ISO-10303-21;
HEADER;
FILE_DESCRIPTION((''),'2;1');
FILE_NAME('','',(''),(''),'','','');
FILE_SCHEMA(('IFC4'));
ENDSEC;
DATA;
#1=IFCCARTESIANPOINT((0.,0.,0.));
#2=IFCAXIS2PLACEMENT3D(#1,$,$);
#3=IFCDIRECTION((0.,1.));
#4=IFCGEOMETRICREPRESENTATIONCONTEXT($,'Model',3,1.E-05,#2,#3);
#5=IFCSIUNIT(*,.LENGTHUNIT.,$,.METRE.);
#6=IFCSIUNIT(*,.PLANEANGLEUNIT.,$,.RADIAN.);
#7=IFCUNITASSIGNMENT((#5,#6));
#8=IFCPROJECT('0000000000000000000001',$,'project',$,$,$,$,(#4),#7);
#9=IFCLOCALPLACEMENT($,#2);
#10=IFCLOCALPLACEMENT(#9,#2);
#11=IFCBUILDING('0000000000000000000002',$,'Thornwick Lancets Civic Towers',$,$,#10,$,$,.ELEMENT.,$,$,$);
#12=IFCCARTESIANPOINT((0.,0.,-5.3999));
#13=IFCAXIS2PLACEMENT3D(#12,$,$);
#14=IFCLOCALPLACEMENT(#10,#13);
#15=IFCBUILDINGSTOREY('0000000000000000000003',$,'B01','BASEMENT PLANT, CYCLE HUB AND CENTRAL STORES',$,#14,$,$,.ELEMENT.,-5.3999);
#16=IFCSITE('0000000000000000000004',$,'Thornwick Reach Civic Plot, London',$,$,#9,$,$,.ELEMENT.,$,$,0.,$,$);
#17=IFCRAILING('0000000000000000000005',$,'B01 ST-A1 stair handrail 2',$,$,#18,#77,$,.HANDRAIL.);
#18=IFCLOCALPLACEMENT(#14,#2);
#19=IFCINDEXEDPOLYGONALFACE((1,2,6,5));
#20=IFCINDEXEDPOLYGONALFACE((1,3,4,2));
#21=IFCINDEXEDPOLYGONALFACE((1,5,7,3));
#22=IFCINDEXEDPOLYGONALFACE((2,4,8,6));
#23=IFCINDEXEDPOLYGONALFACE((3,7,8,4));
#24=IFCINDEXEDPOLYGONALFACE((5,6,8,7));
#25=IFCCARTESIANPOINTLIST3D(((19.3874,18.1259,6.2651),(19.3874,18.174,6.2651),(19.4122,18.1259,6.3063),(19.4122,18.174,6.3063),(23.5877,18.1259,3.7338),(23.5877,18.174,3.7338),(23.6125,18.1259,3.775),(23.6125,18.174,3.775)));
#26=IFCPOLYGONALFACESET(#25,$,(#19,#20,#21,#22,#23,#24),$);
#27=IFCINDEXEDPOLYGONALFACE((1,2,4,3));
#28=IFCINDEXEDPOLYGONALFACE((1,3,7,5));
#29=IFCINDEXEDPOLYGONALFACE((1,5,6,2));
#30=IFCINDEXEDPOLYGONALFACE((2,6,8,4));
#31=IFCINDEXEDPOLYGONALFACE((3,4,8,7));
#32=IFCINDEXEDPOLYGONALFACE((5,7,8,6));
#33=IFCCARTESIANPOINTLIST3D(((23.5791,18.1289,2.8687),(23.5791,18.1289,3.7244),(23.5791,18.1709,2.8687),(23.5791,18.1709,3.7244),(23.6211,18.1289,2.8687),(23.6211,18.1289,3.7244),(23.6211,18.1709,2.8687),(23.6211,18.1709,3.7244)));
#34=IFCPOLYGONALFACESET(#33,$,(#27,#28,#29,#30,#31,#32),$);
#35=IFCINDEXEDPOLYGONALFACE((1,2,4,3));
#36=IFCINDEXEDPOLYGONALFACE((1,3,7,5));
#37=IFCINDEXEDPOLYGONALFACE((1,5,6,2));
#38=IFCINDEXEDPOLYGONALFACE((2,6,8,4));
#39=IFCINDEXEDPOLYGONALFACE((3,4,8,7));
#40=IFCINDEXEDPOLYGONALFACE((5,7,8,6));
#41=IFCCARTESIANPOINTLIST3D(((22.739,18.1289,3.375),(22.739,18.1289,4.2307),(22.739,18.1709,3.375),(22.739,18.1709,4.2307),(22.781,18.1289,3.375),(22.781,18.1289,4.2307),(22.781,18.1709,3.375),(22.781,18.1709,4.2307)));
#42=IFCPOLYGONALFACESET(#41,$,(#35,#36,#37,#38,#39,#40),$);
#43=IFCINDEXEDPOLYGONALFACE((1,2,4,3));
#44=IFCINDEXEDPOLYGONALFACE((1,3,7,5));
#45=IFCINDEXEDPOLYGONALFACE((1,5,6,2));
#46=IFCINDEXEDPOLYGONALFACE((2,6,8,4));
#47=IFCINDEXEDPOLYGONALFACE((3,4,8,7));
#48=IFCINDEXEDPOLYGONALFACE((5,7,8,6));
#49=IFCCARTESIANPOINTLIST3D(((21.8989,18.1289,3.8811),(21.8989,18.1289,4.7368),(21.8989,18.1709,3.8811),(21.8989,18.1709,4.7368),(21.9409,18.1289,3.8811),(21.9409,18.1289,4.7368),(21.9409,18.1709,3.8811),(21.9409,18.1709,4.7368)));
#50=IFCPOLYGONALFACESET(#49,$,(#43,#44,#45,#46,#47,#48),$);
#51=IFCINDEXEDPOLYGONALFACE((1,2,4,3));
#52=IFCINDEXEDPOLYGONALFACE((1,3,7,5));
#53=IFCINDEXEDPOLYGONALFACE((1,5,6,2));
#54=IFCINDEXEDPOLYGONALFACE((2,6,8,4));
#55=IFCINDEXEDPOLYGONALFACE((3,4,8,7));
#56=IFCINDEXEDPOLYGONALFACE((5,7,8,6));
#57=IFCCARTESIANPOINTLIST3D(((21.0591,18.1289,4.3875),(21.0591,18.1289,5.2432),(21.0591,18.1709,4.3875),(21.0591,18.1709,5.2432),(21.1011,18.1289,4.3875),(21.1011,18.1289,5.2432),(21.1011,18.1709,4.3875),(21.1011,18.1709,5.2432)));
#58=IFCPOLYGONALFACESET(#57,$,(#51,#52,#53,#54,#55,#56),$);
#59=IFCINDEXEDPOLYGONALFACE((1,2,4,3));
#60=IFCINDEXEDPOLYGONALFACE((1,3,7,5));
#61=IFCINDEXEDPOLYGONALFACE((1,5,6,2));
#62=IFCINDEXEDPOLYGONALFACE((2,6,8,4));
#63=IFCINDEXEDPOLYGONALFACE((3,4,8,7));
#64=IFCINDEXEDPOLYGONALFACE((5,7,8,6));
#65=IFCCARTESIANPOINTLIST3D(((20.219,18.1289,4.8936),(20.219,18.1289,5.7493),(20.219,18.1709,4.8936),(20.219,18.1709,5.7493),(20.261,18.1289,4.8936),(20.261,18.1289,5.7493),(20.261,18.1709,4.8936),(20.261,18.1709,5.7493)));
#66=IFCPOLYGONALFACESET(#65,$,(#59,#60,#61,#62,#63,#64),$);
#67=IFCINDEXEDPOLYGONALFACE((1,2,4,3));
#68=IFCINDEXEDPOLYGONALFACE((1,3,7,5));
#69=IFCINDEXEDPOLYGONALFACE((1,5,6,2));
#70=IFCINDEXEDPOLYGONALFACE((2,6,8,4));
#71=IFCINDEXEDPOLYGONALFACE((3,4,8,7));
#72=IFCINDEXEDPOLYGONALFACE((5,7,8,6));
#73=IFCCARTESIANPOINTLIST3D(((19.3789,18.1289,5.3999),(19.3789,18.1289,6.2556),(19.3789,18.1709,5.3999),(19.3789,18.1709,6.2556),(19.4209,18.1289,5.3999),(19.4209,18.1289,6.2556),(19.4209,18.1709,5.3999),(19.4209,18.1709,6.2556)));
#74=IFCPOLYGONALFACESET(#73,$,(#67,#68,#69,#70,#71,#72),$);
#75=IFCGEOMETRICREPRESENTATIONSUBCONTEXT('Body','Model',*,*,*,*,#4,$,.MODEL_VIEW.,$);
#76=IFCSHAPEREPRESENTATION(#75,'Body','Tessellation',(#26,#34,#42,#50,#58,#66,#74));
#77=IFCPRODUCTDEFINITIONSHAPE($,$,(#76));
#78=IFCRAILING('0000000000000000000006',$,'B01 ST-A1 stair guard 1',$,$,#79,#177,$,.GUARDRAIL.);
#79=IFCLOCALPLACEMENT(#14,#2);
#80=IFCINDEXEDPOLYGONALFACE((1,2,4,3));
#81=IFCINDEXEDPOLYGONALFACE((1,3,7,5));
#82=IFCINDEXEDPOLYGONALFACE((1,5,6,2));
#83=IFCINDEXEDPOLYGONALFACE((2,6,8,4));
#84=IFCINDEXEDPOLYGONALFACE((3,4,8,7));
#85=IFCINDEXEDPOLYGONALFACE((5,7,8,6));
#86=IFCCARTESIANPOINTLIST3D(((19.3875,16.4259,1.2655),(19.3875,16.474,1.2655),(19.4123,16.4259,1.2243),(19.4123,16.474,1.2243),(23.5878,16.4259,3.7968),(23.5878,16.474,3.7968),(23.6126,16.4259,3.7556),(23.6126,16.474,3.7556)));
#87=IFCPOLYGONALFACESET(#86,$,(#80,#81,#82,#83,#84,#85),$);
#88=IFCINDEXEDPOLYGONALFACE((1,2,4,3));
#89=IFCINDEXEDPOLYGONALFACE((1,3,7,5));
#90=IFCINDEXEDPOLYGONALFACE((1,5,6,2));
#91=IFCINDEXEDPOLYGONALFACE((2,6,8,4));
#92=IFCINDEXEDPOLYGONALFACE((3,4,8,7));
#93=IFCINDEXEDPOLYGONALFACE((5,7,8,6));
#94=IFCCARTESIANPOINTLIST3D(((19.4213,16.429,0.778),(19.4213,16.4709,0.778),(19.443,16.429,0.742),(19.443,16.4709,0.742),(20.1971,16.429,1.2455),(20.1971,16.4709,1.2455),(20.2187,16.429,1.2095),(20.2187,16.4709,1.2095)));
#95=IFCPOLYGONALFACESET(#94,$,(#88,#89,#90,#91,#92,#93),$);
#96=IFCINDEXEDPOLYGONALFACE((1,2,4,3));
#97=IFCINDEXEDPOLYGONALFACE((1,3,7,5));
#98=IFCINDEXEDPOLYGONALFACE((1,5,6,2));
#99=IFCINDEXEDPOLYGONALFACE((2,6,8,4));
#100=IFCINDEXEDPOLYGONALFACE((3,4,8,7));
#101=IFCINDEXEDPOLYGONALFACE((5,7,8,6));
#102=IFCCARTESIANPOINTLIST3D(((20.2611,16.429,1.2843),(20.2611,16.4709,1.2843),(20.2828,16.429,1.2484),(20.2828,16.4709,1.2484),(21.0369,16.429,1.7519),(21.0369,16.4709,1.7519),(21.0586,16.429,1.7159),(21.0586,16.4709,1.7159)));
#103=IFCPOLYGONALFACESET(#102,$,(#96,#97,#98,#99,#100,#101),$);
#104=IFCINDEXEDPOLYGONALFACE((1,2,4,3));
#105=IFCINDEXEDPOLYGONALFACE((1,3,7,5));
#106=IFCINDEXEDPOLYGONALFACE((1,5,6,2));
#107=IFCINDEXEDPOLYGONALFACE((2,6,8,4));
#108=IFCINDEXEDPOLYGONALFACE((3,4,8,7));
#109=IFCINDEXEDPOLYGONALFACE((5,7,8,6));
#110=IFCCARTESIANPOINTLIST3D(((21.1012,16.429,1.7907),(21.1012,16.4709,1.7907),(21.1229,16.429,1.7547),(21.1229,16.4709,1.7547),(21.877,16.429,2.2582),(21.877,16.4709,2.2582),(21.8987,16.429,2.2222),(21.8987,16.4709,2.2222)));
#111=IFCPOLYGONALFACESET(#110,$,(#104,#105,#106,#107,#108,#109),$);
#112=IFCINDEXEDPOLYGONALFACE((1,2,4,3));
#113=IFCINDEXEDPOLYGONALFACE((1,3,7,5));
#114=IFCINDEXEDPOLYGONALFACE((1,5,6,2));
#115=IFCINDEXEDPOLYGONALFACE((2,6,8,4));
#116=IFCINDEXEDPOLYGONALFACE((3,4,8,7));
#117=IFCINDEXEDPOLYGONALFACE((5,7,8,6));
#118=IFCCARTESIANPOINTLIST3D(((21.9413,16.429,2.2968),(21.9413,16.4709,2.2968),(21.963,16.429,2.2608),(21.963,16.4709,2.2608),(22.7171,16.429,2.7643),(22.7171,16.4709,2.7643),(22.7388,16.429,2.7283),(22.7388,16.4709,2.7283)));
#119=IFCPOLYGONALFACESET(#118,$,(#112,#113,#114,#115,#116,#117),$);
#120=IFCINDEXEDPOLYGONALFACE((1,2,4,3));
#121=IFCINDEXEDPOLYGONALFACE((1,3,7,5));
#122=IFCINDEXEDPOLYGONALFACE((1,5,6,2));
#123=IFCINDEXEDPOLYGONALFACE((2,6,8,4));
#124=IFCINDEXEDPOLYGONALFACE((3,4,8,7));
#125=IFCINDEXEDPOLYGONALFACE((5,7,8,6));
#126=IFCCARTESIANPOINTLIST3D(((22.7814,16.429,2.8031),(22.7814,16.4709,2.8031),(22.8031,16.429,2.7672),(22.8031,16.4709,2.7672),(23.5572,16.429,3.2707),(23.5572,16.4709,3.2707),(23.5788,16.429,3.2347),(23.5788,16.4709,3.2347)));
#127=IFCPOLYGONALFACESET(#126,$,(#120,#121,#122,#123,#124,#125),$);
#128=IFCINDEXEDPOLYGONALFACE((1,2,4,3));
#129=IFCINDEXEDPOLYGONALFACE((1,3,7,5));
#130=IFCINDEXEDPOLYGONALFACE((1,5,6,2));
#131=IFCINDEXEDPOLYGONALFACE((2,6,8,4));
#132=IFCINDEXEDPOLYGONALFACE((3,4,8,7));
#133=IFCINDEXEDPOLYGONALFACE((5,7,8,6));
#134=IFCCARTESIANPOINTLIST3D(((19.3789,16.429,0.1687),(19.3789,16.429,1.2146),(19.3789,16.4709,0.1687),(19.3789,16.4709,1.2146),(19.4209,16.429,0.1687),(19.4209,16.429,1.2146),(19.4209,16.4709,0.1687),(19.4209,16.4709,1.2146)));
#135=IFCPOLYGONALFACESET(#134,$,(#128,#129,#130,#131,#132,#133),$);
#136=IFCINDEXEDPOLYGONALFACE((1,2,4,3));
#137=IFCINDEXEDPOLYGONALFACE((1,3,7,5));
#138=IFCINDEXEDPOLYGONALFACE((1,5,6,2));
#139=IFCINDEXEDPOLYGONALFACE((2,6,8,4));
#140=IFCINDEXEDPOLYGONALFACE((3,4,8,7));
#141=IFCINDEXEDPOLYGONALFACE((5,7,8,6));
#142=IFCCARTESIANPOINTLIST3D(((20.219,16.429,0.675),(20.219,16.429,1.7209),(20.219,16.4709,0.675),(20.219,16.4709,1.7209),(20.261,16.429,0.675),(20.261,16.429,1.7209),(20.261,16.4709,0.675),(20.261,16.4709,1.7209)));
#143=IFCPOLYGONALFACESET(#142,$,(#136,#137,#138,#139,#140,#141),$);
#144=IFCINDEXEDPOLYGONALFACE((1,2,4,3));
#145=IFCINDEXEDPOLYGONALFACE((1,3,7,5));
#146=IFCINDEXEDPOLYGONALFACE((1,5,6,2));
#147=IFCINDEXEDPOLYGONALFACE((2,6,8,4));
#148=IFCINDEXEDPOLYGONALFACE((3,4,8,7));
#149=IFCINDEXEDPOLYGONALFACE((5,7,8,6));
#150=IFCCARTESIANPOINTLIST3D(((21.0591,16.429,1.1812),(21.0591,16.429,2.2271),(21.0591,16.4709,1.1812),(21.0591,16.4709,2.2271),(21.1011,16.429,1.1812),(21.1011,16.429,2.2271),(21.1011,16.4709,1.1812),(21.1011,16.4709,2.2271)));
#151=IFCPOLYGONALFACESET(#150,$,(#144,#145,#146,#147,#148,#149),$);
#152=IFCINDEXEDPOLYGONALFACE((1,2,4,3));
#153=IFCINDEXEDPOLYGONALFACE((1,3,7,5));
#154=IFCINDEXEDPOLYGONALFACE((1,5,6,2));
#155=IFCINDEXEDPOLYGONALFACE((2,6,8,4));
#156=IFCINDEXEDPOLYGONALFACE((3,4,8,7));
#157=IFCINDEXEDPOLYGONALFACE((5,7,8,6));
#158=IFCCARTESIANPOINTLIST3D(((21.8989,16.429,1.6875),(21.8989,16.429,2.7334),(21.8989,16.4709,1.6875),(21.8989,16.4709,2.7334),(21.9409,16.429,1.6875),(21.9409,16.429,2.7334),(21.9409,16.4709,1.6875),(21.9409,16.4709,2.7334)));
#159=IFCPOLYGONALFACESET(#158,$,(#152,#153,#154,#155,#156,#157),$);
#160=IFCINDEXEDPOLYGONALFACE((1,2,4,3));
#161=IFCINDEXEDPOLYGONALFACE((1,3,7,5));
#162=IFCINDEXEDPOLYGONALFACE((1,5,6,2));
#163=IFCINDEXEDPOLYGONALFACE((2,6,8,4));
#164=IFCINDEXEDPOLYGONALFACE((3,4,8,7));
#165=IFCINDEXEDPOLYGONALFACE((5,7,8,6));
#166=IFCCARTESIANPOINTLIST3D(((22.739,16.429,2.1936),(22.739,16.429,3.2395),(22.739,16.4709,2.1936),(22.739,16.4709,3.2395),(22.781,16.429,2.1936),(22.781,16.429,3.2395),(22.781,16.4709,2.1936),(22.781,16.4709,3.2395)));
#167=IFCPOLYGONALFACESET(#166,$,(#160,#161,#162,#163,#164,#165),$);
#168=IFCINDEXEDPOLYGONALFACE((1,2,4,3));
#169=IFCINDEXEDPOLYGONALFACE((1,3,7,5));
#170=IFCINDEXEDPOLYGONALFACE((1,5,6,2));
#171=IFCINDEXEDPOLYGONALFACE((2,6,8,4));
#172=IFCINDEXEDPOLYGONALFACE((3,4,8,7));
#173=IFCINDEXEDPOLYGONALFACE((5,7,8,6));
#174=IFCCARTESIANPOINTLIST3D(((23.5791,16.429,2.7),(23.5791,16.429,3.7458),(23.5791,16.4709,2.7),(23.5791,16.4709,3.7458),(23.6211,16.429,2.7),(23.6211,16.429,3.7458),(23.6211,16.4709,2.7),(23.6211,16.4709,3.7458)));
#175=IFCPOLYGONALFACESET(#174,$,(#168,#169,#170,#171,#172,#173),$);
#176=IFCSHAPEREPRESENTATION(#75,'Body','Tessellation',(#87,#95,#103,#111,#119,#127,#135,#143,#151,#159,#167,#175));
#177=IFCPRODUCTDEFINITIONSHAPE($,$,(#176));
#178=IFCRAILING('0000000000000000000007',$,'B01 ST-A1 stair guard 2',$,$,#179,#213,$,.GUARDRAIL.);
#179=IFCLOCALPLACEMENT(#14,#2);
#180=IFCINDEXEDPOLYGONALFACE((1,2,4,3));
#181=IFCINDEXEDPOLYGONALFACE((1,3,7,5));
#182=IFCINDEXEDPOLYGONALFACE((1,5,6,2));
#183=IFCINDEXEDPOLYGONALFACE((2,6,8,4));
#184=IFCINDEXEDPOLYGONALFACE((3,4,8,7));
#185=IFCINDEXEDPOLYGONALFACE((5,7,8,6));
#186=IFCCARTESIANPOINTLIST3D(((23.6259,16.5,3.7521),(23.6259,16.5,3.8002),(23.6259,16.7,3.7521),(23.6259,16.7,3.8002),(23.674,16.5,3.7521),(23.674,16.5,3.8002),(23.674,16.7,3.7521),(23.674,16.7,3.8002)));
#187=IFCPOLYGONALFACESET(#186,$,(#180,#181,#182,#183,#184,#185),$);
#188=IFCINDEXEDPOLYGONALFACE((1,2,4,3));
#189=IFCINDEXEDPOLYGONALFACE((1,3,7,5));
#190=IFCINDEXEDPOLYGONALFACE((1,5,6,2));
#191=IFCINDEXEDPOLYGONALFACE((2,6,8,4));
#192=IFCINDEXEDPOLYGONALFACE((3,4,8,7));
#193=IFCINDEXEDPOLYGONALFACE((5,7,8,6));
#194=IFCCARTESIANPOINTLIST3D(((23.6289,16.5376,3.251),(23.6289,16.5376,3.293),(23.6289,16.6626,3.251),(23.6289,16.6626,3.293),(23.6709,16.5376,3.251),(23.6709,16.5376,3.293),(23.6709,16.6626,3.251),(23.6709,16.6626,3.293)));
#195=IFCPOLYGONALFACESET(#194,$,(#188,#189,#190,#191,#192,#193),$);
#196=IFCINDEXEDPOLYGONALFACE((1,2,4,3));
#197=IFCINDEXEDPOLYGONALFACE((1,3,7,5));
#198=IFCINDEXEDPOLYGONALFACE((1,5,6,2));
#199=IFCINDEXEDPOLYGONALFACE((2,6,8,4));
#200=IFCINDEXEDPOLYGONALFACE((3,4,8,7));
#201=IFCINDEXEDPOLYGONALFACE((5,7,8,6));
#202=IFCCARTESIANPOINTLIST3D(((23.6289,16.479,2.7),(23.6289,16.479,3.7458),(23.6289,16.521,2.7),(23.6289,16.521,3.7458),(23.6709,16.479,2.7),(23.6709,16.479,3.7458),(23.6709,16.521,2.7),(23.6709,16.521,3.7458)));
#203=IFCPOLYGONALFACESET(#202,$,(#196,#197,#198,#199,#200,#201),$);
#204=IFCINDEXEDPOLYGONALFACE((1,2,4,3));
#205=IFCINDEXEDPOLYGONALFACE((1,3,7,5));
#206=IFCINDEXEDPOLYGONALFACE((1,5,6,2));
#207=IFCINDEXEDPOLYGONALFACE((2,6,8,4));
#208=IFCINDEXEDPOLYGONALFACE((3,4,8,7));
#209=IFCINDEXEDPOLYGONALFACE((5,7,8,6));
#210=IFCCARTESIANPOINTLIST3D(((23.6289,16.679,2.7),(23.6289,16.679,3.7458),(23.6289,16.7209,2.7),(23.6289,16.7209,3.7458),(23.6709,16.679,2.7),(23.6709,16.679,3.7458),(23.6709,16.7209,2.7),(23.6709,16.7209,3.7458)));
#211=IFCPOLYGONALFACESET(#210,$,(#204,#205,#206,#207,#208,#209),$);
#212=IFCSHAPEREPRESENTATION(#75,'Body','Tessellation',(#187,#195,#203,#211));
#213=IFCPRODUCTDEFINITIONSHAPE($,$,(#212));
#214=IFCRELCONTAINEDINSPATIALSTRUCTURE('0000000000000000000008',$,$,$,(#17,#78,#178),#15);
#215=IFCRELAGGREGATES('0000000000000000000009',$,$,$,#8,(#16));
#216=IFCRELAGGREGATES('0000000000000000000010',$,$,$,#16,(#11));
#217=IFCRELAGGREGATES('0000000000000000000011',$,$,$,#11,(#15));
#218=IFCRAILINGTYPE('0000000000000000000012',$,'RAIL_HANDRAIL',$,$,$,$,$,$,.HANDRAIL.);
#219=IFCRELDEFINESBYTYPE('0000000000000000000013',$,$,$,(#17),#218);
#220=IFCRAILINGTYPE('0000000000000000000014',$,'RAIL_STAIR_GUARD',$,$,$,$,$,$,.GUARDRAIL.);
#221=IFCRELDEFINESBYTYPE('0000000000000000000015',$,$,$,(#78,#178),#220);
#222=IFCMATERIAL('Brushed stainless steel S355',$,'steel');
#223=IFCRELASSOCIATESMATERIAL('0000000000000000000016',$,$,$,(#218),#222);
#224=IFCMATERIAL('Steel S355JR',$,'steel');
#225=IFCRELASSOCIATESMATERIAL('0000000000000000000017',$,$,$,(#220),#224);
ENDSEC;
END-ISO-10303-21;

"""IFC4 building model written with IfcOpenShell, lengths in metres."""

from ifc_helpers import new_model, si_unit, direction, frame, origin, origin_2d, place, context, subcontext, project, spatial, rectangle, extrude, material, type_object, element, save


model = new_model("IFC4")

# Units and contexts
model_context = context("Model", 3, precision=1e-05, world=origin(), true_north=direction((0.0, 1.0)))
body_context = subcontext(model_context, "Body", "Model", "MODEL_VIEW")
ifc_project = project(units=[si_unit("LENGTHUNIT", "METRE"), si_unit("PLANEANGLEUNIT", "RADIAN")], contexts=[model_context])

# Site, building, storey
site_placement = place(None, origin())
site = spatial("IfcSite", under=ifc_project, at=site_placement, Name="Thornwick Reach Civic Plot, London", CompositionType="ELEMENT", RefElevation=0.0)
building_placement = place(site_placement, origin())
building = spatial("IfcBuilding", under=site, at=building_placement, Name="Thornwick Lancets Civic Towers", CompositionType="ELEMENT")
storey_placement = place(building_placement, frame((0.0, 0.0, -5.3999)))
storey = spatial("IfcBuildingStorey", under=building, at=storey_placement, Name="B01", Description="BASEMENT PLANT, CYCLE HUB AND CENTRAL STORES", CompositionType="ELEMENT", Elevation=-5.3999)

# Railings
ifc_material_1 = material(Name="Brushed stainless steel S355", Category="steel")
railing_type_1 = type_object("IfcRailingType", Name="RAIL_HANDRAIL", PredefinedType="HANDRAIL", material=ifc_material_1)
railing_1_placement = place(storey_placement, frame((23.6001, 18.1499, 2.8687)))
element("IfcRailing", 1, at=railing_1_placement, inside=storey, type_object=railing_type_1, Name="B01 ST-A1 stair handrail 2", PredefinedType="HANDRAIL", context=body_context, shape_type="SweptSolid", body=[
    extrude(rectangle(XDim=0.0481, YDim=0.0481, at=origin_2d()), frame((0.0, 0.0, 0.8857), z_axis=(-0.85649, 0.0, 0.516164), x_axis=(0.0, -1.0, 0.0)), (0.0, 0.0, 1.0), 4.9041),
    extrude(rectangle(XDim=0.042, YDim=0.042, at=origin_2d()), origin(), (0.0, 0.0, 1.0), 0.8557),
    extrude(rectangle(XDim=0.042, YDim=0.042, at=origin_2d()), frame((-0.8401, 0.0, 0.5063)), (0.0, 0.0, 1.0), 0.8557),
    extrude(rectangle(XDim=0.042, YDim=0.042, at=origin_2d()), frame((-1.6802, 0.0, 1.0125)), (0.0, 0.0, 1.0), 0.8557),
    extrude(rectangle(XDim=0.042, YDim=0.042, at=origin_2d()), frame((-2.52, 0.0, 1.5188)), (0.0, 0.0, 1.0), 0.8557),
    extrude(rectangle(XDim=0.042, YDim=0.042, at=origin_2d()), frame((-3.3601, 0.0, 2.0249)), (0.0, 0.0, 1.0), 0.8557),
    extrude(rectangle(XDim=0.042, YDim=0.042, at=origin_2d()), frame((-4.2002, 0.0, 2.5312)), (0.0, 0.0, 1.0), 0.8557),
])
ifc_material_2 = material(Name="Steel S355JR", Category="steel")
railing_type_2 = type_object("IfcRailingType", Name="RAIL_STAIR_GUARD", PredefinedType="GUARDRAIL", material=ifc_material_2)
railing_2_placement = place(storey_placement, frame((19.3999, 16.45, 0.1687)))
element("IfcRailing", 2, at=railing_2_placement, inside=storey, type_object=railing_type_2, Name="B01 ST-A1 stair guard 1", PredefinedType="GUARDRAIL", context=body_context, shape_type="SweptSolid", body=[
    extrude(rectangle(XDim=0.0481, YDim=0.0481, at=origin_2d()), frame((0.0, 0.0, 1.0762), z_axis=(0.85649, 0.0, 0.516164), x_axis=(0.0, 1.0, 0.0)), (0.0, 0.0, 1.0), 4.9041),
    extrude(rectangle(XDim=0.042, YDim=0.042, at=origin_2d()), frame((0.0322, 0.0, 0.5913), z_axis=(0.85649, 0.0, 0.516164), x_axis=(0.0, 1.0, 0.0)), (0.0, 0.0, 1.0), 0.9058),
    extrude(rectangle(XDim=0.042, YDim=0.042, at=origin_2d()), frame((0.8721, 0.0, 1.0977), z_axis=(0.85649, 0.0, 0.516164), x_axis=(0.0, 1.0, 0.0)), (0.0, 0.0, 1.0), 0.9058),
    extrude(rectangle(XDim=0.042, YDim=0.042, at=origin_2d()), frame((1.7122, 0.0, 1.604), z_axis=(0.85649, 0.0, 0.516164), x_axis=(0.0, 1.0, 0.0)), (0.0, 0.0, 1.0), 0.9058),
    extrude(rectangle(XDim=0.042, YDim=0.042, at=origin_2d()), frame((2.5522, 0.0, 2.1101), z_axis=(0.85649, 0.0, 0.516164), x_axis=(0.0, 1.0, 0.0)), (0.0, 0.0, 1.0), 0.9058),
    extrude(rectangle(XDim=0.042, YDim=0.042, at=origin_2d()), frame((3.3923, 0.0, 2.6165), z_axis=(0.85649, 0.0, 0.516164), x_axis=(0.0, 1.0, 0.0)), (0.0, 0.0, 1.0), 0.9058),
    extrude(rectangle(XDim=0.042, YDim=0.042, at=origin_2d()), origin(), (0.0, 0.0, 1.0), 1.0459),
    extrude(rectangle(XDim=0.042, YDim=0.042, at=origin_2d()), frame((0.8401, 0.0, 0.5063)), (0.0, 0.0, 1.0), 1.0459),
    extrude(rectangle(XDim=0.042, YDim=0.042, at=origin_2d()), frame((1.6802, 0.0, 1.0125)), (0.0, 0.0, 1.0), 1.0459),
    extrude(rectangle(XDim=0.042, YDim=0.042, at=origin_2d()), frame((2.52, 0.0, 1.5188)), (0.0, 0.0, 1.0), 1.0459),
    extrude(rectangle(XDim=0.042, YDim=0.042, at=origin_2d()), frame((3.3601, 0.0, 2.0249)), (0.0, 0.0, 1.0), 1.0459),
    extrude(rectangle(XDim=0.042, YDim=0.042, at=origin_2d()), frame((4.2002, 0.0, 2.5312)), (0.0, 0.0, 1.0), 1.0459),
])
railing_3_placement = place(storey_placement, frame((23.6499, 16.5, 2.7)))
element("IfcRailing", 3, at=railing_3_placement, inside=storey, type_object=railing_type_2, Name="B01 ST-A1 stair guard 2", PredefinedType="GUARDRAIL", context=body_context, shape_type="SweptSolid", body=[
    extrude(rectangle(XDim=0.0481, YDim=0.0481, at=origin_2d()), frame((0.0, 0.0, 1.0762), z_axis=(0.0, 1.0, 0.0), x_axis=(-1.0, 0.0, 0.0)), (0.0, 0.0, 1.0), 0.2),
    extrude(rectangle(XDim=0.042, YDim=0.042, at=origin_2d()), frame((0.0, 0.0376, 0.572), z_axis=(0.0, 1.0, 0.0), x_axis=(-1.0, 0.0, 0.0)), (0.0, 0.0, 1.0), 0.125),
    extrude(rectangle(XDim=0.042, YDim=0.042, at=origin_2d()), origin(), (0.0, 0.0, 1.0), 1.0459),
    extrude(rectangle(XDim=0.042, YDim=0.042, at=origin_2d()), frame((0.0, 0.2, 0.0)), (0.0, 0.0, 1.0), 1.0459),
])

save(model, "model.ifc")
